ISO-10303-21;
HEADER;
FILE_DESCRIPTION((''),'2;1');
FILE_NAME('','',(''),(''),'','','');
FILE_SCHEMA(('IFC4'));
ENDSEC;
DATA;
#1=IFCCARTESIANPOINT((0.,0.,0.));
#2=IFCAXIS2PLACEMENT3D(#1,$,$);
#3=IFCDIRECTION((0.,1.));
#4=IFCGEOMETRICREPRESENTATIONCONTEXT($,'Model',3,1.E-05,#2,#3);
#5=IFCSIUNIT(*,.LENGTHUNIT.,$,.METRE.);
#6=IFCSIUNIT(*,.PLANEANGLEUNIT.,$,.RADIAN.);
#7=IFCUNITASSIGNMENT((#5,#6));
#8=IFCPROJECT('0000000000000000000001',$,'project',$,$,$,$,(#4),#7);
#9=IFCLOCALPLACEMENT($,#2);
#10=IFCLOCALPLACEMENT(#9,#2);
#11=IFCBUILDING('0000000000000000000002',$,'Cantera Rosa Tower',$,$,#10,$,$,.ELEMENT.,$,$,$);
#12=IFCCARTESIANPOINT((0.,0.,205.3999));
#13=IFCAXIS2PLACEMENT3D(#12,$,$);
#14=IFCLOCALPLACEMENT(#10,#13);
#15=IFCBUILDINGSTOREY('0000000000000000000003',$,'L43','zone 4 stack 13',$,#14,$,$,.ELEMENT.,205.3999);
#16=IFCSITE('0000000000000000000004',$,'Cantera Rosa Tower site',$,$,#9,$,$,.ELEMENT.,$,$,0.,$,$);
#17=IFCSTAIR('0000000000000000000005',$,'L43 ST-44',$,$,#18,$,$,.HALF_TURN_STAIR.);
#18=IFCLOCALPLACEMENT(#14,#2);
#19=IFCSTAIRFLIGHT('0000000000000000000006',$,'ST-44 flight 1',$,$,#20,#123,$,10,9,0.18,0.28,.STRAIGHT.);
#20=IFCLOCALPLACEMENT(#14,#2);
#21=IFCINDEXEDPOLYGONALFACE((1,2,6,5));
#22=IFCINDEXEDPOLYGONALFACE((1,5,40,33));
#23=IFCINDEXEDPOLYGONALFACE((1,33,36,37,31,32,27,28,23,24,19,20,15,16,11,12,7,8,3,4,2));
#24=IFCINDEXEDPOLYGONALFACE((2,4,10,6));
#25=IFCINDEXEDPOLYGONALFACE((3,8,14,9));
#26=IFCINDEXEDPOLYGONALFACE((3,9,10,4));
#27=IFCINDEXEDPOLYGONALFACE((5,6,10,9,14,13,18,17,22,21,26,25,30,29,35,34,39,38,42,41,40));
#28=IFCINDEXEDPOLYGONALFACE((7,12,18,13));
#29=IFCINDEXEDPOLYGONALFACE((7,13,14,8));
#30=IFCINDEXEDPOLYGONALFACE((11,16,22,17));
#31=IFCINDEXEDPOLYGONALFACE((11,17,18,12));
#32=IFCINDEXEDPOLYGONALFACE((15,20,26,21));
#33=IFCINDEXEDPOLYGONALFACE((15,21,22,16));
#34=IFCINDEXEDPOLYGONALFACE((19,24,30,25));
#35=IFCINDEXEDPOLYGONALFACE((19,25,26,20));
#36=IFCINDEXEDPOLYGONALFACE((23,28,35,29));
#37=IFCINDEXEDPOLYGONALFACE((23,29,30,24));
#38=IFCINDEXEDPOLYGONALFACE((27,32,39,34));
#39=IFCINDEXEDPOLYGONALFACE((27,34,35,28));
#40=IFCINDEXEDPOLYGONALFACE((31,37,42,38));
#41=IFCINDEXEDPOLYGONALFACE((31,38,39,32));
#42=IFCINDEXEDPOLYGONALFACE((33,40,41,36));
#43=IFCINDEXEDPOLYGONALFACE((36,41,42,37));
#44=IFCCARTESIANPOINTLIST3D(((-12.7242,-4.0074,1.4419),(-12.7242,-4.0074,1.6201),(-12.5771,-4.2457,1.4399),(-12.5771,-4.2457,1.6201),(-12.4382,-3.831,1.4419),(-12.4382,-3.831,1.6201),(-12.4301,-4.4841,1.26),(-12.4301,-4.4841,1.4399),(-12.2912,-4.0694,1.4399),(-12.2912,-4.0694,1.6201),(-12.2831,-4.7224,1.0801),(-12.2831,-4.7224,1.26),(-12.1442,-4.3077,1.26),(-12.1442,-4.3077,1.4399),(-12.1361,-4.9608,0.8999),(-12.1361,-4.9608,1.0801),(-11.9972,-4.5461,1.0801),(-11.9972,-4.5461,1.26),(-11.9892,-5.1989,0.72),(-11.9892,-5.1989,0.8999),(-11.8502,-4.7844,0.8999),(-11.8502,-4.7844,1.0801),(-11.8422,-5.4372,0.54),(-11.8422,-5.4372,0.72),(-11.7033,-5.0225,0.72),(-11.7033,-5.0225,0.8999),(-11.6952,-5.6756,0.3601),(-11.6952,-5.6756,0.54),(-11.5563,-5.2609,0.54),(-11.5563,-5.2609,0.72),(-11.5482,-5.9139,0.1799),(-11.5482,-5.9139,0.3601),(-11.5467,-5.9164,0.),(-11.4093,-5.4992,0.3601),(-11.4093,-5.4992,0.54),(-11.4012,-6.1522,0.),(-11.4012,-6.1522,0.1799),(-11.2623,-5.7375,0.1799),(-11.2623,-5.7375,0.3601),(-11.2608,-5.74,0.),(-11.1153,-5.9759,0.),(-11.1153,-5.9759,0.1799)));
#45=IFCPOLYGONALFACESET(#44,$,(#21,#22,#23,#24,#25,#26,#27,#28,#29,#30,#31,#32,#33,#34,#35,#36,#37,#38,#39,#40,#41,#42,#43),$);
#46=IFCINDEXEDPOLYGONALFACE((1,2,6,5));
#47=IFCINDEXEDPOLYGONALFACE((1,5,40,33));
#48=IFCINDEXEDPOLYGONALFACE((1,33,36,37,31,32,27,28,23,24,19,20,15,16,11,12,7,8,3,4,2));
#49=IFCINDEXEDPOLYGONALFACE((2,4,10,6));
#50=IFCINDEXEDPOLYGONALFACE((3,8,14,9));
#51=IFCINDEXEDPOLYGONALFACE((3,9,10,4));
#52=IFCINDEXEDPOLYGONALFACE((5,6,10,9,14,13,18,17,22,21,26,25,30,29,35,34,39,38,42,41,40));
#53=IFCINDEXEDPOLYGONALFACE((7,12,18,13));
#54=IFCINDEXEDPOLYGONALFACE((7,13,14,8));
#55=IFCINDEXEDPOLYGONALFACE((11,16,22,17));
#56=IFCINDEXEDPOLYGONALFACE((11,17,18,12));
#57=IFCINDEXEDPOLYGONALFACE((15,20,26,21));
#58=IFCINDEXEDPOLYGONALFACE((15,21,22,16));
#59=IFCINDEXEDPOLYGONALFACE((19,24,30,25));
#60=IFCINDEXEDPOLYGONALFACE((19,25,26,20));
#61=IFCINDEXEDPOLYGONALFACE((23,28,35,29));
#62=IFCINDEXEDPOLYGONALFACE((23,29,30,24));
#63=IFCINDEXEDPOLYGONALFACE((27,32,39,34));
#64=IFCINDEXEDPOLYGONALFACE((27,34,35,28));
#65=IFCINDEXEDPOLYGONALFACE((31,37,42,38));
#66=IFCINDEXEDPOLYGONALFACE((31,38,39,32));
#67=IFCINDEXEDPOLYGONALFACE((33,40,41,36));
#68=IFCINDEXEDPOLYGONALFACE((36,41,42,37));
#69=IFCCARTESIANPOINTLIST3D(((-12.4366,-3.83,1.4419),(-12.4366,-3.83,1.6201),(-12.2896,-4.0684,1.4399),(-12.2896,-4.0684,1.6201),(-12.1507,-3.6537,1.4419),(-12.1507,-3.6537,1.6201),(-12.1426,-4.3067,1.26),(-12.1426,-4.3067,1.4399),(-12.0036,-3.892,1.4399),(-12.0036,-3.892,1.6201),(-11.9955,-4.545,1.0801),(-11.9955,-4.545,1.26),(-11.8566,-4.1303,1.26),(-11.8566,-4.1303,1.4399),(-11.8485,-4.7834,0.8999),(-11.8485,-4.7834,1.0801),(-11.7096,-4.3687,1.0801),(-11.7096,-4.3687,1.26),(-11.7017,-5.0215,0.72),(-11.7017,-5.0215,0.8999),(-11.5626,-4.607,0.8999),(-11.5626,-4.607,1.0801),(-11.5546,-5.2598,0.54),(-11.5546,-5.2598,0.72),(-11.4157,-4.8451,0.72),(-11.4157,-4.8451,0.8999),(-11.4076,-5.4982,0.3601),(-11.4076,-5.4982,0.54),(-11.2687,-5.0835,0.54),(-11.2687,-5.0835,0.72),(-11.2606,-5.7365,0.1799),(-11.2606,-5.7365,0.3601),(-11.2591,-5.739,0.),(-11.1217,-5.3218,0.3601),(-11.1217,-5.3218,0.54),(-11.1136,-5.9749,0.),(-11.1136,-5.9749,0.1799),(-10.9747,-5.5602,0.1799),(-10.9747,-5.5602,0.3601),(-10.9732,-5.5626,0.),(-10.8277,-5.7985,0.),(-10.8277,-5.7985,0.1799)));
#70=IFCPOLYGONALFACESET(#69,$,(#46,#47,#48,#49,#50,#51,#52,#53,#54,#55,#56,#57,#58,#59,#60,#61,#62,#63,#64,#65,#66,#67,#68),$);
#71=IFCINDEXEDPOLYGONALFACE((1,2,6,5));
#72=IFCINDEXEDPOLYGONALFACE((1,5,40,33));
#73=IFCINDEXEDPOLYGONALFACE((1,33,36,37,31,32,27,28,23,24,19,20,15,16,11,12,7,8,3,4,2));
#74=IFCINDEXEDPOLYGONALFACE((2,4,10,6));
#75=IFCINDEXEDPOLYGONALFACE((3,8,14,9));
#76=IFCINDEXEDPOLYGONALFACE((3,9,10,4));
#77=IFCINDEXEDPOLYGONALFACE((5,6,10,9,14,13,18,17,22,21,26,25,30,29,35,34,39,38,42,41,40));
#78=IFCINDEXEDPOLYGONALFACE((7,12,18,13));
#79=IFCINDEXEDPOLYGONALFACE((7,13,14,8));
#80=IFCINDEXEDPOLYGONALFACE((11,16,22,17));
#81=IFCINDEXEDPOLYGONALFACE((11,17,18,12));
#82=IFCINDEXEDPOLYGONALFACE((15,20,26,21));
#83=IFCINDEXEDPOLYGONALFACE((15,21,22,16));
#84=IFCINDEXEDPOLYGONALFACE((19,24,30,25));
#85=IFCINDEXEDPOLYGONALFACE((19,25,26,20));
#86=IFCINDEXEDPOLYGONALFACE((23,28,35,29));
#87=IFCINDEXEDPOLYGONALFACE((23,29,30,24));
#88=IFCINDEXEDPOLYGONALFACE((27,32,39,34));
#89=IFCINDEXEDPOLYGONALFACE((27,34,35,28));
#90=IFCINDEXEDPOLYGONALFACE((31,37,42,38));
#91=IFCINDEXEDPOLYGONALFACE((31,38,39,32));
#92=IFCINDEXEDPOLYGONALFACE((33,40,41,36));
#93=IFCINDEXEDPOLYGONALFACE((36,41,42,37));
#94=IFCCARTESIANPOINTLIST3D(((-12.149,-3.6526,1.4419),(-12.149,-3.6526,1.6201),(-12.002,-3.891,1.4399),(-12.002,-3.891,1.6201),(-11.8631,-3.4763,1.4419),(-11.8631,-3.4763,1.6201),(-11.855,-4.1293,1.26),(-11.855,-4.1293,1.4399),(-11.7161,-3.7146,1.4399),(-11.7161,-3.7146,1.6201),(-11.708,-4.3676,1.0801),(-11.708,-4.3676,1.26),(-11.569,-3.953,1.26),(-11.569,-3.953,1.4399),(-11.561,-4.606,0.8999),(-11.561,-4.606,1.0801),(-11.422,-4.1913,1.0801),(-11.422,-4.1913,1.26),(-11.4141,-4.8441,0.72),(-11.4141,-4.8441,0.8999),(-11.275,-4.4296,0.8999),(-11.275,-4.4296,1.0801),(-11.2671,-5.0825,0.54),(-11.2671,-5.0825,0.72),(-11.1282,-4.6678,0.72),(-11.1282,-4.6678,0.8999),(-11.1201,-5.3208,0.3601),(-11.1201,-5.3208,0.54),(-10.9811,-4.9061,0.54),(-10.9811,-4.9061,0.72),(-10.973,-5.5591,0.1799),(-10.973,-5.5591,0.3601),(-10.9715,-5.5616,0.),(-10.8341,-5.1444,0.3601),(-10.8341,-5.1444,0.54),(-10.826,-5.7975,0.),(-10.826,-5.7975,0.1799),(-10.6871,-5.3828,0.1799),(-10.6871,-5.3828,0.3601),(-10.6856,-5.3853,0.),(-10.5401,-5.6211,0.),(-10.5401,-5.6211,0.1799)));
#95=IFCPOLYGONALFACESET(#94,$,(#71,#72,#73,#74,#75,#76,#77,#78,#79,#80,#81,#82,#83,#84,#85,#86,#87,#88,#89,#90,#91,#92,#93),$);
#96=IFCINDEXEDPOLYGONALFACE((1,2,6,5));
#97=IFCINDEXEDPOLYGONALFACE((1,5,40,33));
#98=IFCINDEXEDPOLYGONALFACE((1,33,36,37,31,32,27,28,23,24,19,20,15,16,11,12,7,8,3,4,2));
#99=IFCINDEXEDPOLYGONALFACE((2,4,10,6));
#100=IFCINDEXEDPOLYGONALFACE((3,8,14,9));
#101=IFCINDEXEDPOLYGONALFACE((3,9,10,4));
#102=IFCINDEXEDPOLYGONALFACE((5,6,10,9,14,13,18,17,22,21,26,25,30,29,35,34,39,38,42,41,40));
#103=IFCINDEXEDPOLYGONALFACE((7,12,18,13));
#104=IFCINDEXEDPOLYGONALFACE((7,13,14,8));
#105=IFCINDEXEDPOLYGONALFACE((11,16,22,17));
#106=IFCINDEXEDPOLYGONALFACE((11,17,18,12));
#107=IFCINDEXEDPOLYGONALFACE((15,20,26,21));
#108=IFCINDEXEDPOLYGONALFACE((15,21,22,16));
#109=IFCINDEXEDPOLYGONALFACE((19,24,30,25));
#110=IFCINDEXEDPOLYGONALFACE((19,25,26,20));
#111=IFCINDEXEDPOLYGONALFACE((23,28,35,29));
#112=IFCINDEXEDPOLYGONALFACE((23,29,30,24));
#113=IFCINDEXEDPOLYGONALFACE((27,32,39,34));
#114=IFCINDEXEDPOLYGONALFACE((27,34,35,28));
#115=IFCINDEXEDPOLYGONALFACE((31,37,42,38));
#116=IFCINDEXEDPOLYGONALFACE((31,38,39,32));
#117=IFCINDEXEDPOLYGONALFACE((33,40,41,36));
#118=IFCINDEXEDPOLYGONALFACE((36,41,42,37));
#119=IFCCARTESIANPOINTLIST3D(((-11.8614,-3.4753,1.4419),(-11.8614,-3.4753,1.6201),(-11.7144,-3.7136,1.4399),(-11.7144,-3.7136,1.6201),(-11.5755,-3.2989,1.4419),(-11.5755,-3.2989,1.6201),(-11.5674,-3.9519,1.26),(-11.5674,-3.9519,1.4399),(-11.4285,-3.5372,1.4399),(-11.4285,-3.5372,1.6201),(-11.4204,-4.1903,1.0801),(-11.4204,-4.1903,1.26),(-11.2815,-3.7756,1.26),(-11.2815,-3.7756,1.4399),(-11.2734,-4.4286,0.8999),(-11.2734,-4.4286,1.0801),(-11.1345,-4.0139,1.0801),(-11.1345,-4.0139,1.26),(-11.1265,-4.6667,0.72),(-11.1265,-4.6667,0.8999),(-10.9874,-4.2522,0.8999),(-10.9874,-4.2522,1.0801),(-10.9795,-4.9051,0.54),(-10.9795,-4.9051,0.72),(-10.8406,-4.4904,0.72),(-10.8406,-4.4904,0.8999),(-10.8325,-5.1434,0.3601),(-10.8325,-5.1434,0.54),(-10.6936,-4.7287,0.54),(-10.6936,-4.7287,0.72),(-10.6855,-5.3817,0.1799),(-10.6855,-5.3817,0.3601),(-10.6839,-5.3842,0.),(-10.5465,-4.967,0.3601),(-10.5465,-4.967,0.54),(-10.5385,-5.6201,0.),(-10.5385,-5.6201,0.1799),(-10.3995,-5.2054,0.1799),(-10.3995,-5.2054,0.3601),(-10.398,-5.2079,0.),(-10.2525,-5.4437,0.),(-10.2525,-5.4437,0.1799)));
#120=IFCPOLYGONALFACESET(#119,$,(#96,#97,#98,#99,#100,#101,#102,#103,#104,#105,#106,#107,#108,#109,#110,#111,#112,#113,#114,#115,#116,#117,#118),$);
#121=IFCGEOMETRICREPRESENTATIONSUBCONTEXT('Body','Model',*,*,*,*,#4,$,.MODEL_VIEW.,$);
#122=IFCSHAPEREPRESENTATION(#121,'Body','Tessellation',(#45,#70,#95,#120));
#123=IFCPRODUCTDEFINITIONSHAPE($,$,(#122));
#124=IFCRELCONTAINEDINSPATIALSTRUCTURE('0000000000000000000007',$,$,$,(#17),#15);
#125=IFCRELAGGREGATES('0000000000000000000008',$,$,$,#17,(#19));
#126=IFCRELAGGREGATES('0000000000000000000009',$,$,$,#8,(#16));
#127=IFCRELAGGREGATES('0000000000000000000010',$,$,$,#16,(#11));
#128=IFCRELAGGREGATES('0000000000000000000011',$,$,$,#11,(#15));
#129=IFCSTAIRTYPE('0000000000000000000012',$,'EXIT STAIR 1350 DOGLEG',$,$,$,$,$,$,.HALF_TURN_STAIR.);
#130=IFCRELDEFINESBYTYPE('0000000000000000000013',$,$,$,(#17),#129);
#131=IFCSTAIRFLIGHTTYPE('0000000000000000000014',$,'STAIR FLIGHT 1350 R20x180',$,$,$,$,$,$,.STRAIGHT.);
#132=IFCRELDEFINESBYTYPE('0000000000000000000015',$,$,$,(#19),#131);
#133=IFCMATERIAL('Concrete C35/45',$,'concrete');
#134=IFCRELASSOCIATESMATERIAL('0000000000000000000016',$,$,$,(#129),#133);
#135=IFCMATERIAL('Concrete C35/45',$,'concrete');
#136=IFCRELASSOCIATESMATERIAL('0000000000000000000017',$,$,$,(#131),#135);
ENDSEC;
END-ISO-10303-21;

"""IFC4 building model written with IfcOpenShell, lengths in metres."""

from ifc_helpers import new_model, si_unit, direction, frame, origin, place, context, subcontext, project, spatial, polyline, outline, extrude, material, type_object, element, aggregate, save


model = new_model("IFC4")

# Units and contexts
model_context = context("Model", 3, precision=1e-05, world=origin(), true_north=direction((0.0, 1.0)))
body_context = subcontext(model_context, "Body", "Model", "MODEL_VIEW")
ifc_project = project(units=[si_unit("LENGTHUNIT", "METRE"), si_unit("PLANEANGLEUNIT", "RADIAN")], contexts=[model_context])

# Site, building, storey
site_placement = place(None, origin())
site = spatial("IfcSite", under=ifc_project, at=site_placement, Name="Cantera Rosa Tower site", CompositionType="ELEMENT", RefElevation=0.0)
building_placement = place(site_placement, origin())
building = spatial("IfcBuilding", under=site, at=building_placement, Name="Cantera Rosa Tower", CompositionType="ELEMENT")
storey_placement = place(building_placement, frame((0.0, 0.0, 205.3999)))
storey = spatial("IfcBuildingStorey", under=building, at=storey_placement, Name="L43", Description="zone 4 stack 13", CompositionType="ELEMENT", Elevation=205.3999)

# Stair, stair flight
ifc_material_1 = material(Name="Concrete C35/45", Category="concrete")
stair_type = type_object("IfcStairType", Name="EXIT STAIR 1350 DOGLEG", PredefinedType="HALF_TURN_STAIR", material=ifc_material_1)
stair_placement = place(storey_placement, origin())
stair = element("IfcStair", 1, at=stair_placement, inside=storey, type_object=stair_type, Name="L43 ST-44", PredefinedType="HALF_TURN_STAIR")
ifc_material_2 = material(Name="Concrete C35/45", Category="concrete")
stair_flight_type = type_object("IfcStairFlightType", Name="STAIR FLIGHT 1350 R20x180", PredefinedType="STRAIGHT", material=ifc_material_2)
stair_flight_1_placement = place(storey_placement, frame((-10.8267, -5.7979, 0.0), z_axis=(0.0, 0.0, 1.0), x_axis=(-0.524977, 0.851117, 0.0)))
stair_flight_1 = element("IfcStairFlight", 2, at=stair_flight_1_placement, type_object=stair_flight_type, Name="ST-44 flight 1", NumberOfRisers=10, NumberOfTreads=9, PredefinedType="STRAIGHT", RiserHeight=0.18, TreadLength=0.28, context=body_context, shape_type="SweptSolid", body=[
    extrude(outline(polyline([(0.0, 0.0), (0.0, 0.1799), (0.28, 0.1799), (0.28, 0.3601), (0.5601, 0.3601), (0.5601, 0.54), (0.8401, 0.54), (0.8401, 0.72), (1.1201, 0.72), (1.1201, 0.8999), (1.3999, 0.8999), (1.3999, 1.0801), (1.6799, 1.0801), (1.6799, 1.26), (1.96, 1.26), (1.96, 1.4399), (2.24, 1.4399), (2.24, 1.6201), (2.52, 1.6201), (2.52, 1.8), (2.52, 1.4419), (0.2771, 0.0), (0.0, 0.0)])), frame((0.0, 0.675, 0.0), z_axis=(0.0, -1.0, 0.0), x_axis=(1.0, 0.0, 0.0)), (0.0, 0.0, 1.0), 0.3359),
    extrude(outline(polyline([(0.0, 0.0), (0.0, 0.1799), (0.28, 0.1799), (0.28, 0.3601), (0.5601, 0.3601), (0.5601, 0.54), (0.8401, 0.54), (0.8401, 0.72), (1.1201, 0.72), (1.1201, 0.8999), (1.3999, 0.8999), (1.3999, 1.0801), (1.6799, 1.0801), (1.6799, 1.26), (1.96, 1.26), (1.96, 1.4399), (2.24, 1.4399), (2.24, 1.6201), (2.52, 1.6201), (2.52, 1.8), (2.52, 1.4419), (0.2771, 0.0), (0.0, 0.0)])), frame((0.0, 0.3372, 0.0), z_axis=(0.0, -1.0, 0.0), x_axis=(1.0, 0.0, 0.0)), (0.0, 0.0, 1.0), 0.3359),
    extrude(outline(polyline([(0.0, 0.0), (0.0, 0.1799), (0.28, 0.1799), (0.28, 0.3601), (0.5601, 0.3601), (0.5601, 0.54), (0.8401, 0.54), (0.8401, 0.72), (1.1201, 0.72), (1.1201, 0.8999), (1.3999, 0.8999), (1.3999, 1.0801), (1.6799, 1.0801), (1.6799, 1.26), (1.96, 1.26), (1.96, 1.4399), (2.24, 1.4399), (2.24, 1.6201), (2.52, 1.6201), (2.52, 1.8), (2.52, 1.4419), (0.2771, 0.0), (0.0, 0.0)])), frame((0.0, -0.0007, 0.0), z_axis=(0.0, -1.0, 0.0), x_axis=(1.0, 0.0, 0.0)), (0.0, 0.0, 1.0), 0.3359),
    extrude(outline(polyline([(0.0, 0.0), (0.0, 0.1799), (0.28, 0.1799), (0.28, 0.3601), (0.5601, 0.3601), (0.5601, 0.54), (0.8401, 0.54), (0.8401, 0.72), (1.1201, 0.72), (1.1201, 0.8999), (1.3999, 0.8999), (1.3999, 1.0801), (1.6799, 1.0801), (1.6799, 1.26), (1.96, 1.26), (1.96, 1.4399), (2.24, 1.4399), (2.24, 1.6201), (2.52, 1.6201), (2.52, 1.8), (2.52, 1.4419), (0.2771, 0.0), (0.0, 0.0)])), frame((0.0, -0.3386, 0.0), z_axis=(0.0, -1.0, 0.0), x_axis=(1.0, 0.0, 0.0)), (0.0, 0.0, 1.0), 0.3359),
])
aggregate(stair, [stair_flight_1])

save(model, "model.ifc")
